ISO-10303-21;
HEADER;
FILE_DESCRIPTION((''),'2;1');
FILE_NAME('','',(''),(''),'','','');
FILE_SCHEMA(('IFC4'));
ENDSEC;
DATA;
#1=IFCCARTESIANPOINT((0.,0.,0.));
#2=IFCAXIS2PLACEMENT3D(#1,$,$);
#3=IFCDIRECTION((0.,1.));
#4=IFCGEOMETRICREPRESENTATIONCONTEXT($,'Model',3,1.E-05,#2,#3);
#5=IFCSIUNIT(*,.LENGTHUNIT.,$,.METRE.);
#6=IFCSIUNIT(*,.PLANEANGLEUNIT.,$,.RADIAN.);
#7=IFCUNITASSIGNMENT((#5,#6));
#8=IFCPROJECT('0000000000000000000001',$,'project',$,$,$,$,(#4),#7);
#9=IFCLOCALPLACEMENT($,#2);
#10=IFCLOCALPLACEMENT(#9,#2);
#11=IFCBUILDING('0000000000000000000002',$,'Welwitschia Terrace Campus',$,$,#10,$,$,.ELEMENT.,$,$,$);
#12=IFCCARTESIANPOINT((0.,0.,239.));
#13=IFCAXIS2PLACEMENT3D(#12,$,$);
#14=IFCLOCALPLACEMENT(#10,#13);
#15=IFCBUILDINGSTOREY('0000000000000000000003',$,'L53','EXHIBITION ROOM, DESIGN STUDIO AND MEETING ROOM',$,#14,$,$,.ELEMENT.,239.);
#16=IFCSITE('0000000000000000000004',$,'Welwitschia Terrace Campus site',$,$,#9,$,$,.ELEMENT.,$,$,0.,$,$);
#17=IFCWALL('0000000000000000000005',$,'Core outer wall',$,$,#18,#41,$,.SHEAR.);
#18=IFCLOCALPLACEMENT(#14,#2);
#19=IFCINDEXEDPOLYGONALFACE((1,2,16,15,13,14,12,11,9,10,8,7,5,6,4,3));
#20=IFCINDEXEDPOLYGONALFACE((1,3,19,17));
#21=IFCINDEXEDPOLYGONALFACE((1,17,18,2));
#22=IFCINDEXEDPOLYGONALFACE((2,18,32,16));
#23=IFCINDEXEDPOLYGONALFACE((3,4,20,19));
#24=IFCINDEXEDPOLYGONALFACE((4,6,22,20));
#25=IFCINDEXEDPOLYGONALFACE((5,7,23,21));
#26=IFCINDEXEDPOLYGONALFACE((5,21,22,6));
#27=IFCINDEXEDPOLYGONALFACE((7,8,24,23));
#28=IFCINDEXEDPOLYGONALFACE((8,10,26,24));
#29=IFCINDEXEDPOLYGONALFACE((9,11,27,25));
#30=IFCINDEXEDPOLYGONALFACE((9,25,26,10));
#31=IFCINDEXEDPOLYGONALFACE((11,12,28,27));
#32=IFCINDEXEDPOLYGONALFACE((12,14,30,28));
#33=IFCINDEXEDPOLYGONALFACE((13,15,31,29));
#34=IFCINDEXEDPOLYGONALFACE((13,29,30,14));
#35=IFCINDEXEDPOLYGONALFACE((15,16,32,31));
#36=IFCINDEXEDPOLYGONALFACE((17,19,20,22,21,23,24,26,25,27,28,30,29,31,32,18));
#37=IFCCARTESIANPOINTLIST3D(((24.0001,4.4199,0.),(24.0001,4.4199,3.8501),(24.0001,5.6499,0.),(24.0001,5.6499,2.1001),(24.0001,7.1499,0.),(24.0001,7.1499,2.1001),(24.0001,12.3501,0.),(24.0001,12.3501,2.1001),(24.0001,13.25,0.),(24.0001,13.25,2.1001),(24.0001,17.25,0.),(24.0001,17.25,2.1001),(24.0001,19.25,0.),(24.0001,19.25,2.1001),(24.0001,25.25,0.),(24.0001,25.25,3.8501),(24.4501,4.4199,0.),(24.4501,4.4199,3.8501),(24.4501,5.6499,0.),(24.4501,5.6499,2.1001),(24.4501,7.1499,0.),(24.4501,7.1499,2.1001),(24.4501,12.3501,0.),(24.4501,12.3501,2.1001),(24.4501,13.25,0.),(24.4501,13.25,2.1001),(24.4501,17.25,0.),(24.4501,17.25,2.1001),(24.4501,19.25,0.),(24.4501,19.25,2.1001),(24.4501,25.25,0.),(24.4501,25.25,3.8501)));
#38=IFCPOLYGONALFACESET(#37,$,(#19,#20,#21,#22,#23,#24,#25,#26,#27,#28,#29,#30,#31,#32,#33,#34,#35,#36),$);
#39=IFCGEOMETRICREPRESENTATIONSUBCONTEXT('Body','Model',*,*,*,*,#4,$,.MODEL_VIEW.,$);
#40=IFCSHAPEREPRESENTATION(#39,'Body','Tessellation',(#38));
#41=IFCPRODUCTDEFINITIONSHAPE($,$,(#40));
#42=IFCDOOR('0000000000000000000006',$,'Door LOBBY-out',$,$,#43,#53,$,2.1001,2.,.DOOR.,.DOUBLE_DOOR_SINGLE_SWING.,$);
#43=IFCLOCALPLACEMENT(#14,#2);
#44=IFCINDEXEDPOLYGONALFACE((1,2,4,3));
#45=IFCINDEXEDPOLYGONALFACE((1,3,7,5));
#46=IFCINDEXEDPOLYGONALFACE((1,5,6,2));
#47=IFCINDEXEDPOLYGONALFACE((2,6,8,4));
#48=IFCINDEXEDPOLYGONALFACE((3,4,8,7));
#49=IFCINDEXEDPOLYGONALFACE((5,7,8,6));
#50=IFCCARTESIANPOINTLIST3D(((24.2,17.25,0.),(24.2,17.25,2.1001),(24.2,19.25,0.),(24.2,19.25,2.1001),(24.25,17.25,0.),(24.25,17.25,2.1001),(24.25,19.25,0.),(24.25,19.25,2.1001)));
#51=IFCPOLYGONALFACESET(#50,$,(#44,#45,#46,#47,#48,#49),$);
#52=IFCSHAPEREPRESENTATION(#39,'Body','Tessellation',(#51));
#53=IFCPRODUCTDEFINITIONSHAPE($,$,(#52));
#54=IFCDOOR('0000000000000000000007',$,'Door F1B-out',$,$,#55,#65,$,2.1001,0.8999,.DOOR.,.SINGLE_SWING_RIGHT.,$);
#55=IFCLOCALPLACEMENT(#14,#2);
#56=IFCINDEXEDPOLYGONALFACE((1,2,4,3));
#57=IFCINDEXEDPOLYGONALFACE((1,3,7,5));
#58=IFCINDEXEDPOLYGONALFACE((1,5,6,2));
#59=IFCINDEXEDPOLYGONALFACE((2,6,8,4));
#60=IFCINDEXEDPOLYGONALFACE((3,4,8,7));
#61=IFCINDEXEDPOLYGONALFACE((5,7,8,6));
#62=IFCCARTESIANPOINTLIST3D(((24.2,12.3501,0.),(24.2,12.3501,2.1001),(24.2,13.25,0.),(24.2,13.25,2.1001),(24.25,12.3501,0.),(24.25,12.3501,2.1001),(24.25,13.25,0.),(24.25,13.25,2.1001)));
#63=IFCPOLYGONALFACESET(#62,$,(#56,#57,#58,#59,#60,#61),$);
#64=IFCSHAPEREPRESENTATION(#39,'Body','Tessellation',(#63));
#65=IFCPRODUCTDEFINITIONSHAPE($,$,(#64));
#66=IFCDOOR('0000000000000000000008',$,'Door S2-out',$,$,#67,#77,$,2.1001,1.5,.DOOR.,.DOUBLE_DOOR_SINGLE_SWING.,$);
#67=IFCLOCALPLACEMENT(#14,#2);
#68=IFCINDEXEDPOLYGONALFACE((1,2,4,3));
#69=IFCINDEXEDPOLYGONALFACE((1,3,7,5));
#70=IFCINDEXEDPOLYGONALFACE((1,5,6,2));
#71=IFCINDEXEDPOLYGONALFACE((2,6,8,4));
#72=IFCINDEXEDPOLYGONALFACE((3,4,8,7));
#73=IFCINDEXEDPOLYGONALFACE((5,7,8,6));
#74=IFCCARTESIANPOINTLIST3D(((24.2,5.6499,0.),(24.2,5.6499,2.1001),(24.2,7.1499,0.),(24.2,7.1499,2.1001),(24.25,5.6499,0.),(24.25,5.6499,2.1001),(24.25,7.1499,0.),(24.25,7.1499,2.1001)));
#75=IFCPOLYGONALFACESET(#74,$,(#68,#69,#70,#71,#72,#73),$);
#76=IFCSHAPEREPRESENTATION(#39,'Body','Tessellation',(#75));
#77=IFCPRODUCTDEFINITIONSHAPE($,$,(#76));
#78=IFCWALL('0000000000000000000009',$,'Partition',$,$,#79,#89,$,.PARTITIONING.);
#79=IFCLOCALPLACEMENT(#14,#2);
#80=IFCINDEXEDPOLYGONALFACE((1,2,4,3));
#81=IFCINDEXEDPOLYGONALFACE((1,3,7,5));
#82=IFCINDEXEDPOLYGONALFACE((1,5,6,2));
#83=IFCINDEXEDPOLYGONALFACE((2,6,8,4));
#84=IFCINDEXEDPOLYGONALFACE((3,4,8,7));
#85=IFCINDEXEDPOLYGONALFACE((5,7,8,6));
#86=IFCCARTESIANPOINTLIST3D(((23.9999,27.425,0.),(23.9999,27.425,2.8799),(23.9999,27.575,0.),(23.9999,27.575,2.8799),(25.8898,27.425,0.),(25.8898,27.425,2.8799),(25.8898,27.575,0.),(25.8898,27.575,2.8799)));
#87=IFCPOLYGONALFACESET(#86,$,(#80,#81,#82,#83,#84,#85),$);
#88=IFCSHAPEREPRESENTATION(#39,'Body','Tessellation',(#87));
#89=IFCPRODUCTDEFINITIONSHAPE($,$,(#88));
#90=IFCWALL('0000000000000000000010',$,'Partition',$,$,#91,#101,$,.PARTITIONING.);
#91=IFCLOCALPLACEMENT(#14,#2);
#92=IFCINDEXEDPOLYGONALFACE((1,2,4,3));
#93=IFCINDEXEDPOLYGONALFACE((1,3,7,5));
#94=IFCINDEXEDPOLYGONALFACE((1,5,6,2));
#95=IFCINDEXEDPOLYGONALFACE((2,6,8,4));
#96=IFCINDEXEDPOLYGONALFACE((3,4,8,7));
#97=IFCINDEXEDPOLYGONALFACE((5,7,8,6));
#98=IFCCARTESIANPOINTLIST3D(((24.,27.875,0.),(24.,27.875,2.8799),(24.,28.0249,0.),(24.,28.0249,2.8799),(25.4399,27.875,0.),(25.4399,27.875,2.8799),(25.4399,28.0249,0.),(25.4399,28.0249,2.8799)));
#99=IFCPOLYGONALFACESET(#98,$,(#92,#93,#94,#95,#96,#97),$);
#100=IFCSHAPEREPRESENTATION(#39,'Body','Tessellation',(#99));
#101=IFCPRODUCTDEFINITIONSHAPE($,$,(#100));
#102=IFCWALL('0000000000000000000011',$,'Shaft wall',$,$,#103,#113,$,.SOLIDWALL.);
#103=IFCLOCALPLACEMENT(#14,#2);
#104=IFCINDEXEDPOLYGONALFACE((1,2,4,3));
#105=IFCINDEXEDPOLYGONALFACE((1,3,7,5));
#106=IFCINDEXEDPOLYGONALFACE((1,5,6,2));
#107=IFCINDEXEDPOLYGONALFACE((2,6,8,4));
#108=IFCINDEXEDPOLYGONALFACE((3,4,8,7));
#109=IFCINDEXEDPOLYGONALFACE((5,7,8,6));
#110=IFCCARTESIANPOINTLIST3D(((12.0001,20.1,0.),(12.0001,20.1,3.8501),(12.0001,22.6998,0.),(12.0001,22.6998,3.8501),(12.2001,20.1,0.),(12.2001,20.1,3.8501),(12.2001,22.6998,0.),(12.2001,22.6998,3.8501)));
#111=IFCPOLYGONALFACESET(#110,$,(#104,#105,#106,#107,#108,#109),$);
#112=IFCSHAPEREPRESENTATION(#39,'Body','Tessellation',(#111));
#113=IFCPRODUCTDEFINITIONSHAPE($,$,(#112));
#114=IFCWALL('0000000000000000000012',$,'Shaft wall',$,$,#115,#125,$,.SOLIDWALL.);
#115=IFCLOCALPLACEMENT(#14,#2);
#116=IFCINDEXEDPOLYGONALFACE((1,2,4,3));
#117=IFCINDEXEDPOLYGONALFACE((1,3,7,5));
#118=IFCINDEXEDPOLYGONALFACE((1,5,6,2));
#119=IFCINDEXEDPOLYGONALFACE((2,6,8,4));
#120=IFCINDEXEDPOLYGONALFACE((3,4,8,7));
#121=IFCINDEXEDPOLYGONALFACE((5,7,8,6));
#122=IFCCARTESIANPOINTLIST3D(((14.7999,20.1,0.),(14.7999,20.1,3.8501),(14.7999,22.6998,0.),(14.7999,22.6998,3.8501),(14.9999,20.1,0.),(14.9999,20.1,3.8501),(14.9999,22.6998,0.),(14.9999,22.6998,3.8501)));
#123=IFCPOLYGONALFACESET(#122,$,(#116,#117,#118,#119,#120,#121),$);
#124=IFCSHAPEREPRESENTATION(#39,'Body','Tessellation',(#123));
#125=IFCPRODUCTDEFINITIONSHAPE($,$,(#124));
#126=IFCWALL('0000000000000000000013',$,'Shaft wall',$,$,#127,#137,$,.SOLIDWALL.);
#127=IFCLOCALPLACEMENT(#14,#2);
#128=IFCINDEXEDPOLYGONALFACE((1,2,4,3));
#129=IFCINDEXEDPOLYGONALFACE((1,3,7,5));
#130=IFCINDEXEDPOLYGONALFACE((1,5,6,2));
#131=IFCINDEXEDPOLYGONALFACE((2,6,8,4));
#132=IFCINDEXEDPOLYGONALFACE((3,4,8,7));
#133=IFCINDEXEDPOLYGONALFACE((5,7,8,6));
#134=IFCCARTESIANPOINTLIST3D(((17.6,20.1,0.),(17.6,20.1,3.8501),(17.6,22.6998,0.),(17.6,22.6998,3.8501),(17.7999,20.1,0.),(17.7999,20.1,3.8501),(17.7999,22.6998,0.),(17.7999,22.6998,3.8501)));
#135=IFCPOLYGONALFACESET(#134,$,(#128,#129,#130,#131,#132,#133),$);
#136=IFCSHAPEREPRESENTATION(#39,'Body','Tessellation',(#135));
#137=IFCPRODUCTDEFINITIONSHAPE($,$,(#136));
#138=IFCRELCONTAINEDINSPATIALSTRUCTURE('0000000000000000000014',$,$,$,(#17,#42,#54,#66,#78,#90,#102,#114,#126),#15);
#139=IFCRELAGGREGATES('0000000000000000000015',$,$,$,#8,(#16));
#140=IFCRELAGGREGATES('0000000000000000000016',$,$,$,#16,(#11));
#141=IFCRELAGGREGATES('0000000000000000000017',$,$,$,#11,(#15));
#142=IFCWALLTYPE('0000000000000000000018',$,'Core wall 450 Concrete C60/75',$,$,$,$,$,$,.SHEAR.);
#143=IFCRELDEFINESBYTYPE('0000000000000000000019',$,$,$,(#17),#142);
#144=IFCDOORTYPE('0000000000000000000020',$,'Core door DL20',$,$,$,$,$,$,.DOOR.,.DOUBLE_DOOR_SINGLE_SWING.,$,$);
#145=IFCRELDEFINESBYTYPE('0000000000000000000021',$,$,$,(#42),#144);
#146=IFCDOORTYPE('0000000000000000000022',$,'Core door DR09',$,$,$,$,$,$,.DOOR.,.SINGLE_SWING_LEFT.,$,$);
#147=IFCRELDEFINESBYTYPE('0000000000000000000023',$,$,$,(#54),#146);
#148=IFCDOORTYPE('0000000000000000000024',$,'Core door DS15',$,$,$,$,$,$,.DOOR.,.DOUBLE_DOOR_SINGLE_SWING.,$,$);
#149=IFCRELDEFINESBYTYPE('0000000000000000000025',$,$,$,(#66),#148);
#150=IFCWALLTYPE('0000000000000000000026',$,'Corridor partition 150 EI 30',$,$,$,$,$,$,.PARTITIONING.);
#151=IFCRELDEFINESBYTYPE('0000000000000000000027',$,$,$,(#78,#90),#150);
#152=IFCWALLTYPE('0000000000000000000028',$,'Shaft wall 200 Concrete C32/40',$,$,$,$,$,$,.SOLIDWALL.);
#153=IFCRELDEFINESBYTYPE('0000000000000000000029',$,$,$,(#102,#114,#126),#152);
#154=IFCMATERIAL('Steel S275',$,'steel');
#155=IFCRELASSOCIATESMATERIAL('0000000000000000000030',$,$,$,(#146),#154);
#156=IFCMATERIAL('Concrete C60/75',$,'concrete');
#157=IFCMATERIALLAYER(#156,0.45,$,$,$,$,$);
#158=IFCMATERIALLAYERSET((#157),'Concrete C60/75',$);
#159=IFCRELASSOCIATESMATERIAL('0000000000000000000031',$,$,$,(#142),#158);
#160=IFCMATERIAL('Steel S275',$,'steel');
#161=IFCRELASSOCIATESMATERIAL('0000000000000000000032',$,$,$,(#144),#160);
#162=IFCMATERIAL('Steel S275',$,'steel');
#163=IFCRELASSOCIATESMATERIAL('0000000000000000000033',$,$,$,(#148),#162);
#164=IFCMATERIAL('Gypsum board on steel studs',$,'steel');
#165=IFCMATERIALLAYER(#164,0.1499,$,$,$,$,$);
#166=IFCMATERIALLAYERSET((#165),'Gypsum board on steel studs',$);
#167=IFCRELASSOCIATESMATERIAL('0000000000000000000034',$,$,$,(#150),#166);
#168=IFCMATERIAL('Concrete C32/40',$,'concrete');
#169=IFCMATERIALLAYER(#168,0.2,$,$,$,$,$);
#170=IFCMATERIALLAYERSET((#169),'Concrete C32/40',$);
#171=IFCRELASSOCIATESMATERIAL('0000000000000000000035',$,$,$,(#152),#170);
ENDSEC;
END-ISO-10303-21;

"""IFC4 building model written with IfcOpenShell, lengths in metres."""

from ifc_helpers import new_model, si_unit, direction, frame, frame_2d, origin, place, context, subcontext, project, spatial, rectangle, extrude, material, layer, layer_set, type_object, element, fill, save


model = new_model("IFC4")

# Units and contexts
model_context = context("Model", 3, precision=1e-05, world=origin(), true_north=direction((0.0, 1.0)))
body_context = subcontext(model_context, "Body", "Model", "MODEL_VIEW")
ifc_project = project(units=[si_unit("LENGTHUNIT", "METRE"), si_unit("PLANEANGLEUNIT", "RADIAN")], contexts=[model_context])

# Site, building, storey
site_placement = place(None, origin())
site = spatial("IfcSite", under=ifc_project, at=site_placement, Name="Welwitschia Terrace Campus site", CompositionType="ELEMENT", RefElevation=0.0)
building_placement = place(site_placement, origin())
building = spatial("IfcBuilding", under=site, at=building_placement, Name="Welwitschia Terrace Campus", CompositionType="ELEMENT")
storey_placement = place(building_placement, frame((0.0, 0.0, 239.0)))
storey = spatial("IfcBuildingStorey", under=building, at=storey_placement, Name="L53", Description="EXHIBITION ROOM, DESIGN STUDIO AND MEETING ROOM", CompositionType="ELEMENT", Elevation=239.0)

# Shared definitions
ifc_material_1 = material(Name="Steel S275", Category="steel")
door_type_1 = type_object("IfcDoorType", Name="Core door DR09", OperationType="SINGLE_SWING_LEFT", PredefinedType="DOOR", material=ifc_material_1)

# Wall, openings, doors
ifc_material_2 = material(Name="Concrete C60/75", Category="concrete")
ifc_layer_1 = layer(ifc_material_2, 0.45)
ifc_layer_set_1 = layer_set([ifc_layer_1], Name="Concrete C60/75")
wall_type_1 = type_object("IfcWallType", Name="Core wall 450 Concrete C60/75", PredefinedType="SHEAR", material=ifc_layer_set_1)
wall_1_placement = place(storey_placement, frame((24.2251, 25.25, 0.0), z_axis=(0.0, 0.0, 1.0), x_axis=(0.0, -1.0, 0.0)))
wall_1 = element("IfcWall", 1, at=wall_1_placement, inside=storey, type_object=wall_type_1, Name="Core outer wall", PredefinedType="SHEAR", context=body_context, shape_type="SweptSolid", body=[
    extrude(rectangle(XDim=20.8301, YDim=0.45, at=frame_2d((10.415, 0.0))), origin(), (0.0, 0.0, 1.0), 3.8501),
])
opening_1_placement = place(wall_1_placement, frame((18.1001, 0.0, 0.0)))
opening_1 = element("IfcOpeningElement", 2, at=opening_1_placement, cuts=wall_1, PredefinedType="OPENING", context=body_context, shape_type="SweptSolid", body=[
    extrude(rectangle(XDim=1.5, YDim=2.1001, at=frame_2d((0.75, 1.05))), frame((0.0, 0.2349, 0.0), z_axis=(0.0, -1.0, 0.0), x_axis=(1.0, 0.0, 0.0)), (0.0, 0.0, 1.0), 0.47),
])
opening_2_placement = place(wall_1_placement, frame((12.0, 0.0, 0.0)))
opening_2 = element("IfcOpeningElement", 3, at=opening_2_placement, cuts=wall_1, PredefinedType="OPENING", context=body_context, shape_type="SweptSolid", body=[
    extrude(rectangle(XDim=0.8999, YDim=2.1001, at=frame_2d((0.45, 1.05))), frame((0.0, 0.2349, 0.0), z_axis=(0.0, -1.0, 0.0), x_axis=(1.0, 0.0, 0.0)), (0.0, 0.0, 1.0), 0.47),
])
opening_3_placement = place(wall_1_placement, frame((6.0, 0.0, 0.0)))
opening_3 = element("IfcOpeningElement", 4, at=opening_3_placement, cuts=wall_1, PredefinedType="OPENING", context=body_context, shape_type="SweptSolid", body=[
    extrude(rectangle(XDim=2.0, YDim=2.1001, at=frame_2d((1.0, 1.05))), frame((0.0, 0.2349, 0.0), z_axis=(0.0, -1.0, 0.0), x_axis=(1.0, 0.0, 0.0)), (0.0, 0.0, 1.0), 0.47),
])
ifc_material_3 = material(Name="Steel S275", Category="steel")
door_type_2 = type_object("IfcDoorType", Name="Core door DL20", OperationType="DOUBLE_DOOR_SINGLE_SWING", PredefinedType="DOOR", material=ifc_material_3)
door_1_placement = place(opening_3_placement, origin())
door_1 = element("IfcDoor", 5, at=door_1_placement, inside=storey, type_object=door_type_2, Name="Door LOBBY-out", OperationType="DOUBLE_DOOR_SINGLE_SWING", OverallHeight=2.1001, OverallWidth=2.0, PredefinedType="DOOR", context=body_context, shape_type="SweptSolid", body=[
    extrude(rectangle(XDim=2.0, YDim=2.1001, at=frame_2d((1.0, 1.05))), frame((0.0, 0.0249, 0.0), z_axis=(0.0, -1.0, 0.0), x_axis=(1.0, 0.0, 0.0)), (0.0, 0.0, 1.0), 0.05),
])
fill(opening_3, door_1)
door_2_placement = place(opening_2_placement, origin())
door_2 = element("IfcDoor", 6, at=door_2_placement, inside=storey, type_object=door_type_1, Name="Door F1B-out", OperationType="SINGLE_SWING_RIGHT", OverallHeight=2.1001, OverallWidth=0.8999, PredefinedType="DOOR", context=body_context, shape_type="SweptSolid", body=[
    extrude(rectangle(XDim=0.8999, YDim=2.1001, at=frame_2d((0.45, 1.05))), frame((0.0, 0.0249, 0.0), z_axis=(0.0, -1.0, 0.0), x_axis=(1.0, 0.0, 0.0)), (0.0, 0.0, 1.0), 0.05),
])
fill(opening_2, door_2)
ifc_material_4 = material(Name="Steel S275", Category="steel")
door_type_3 = type_object("IfcDoorType", Name="Core door DS15", OperationType="DOUBLE_DOOR_SINGLE_SWING", PredefinedType="DOOR", material=ifc_material_4)
door_3_placement = place(opening_1_placement, origin())
door_3 = element("IfcDoor", 7, at=door_3_placement, inside=storey, type_object=door_type_3, Name="Door S2-out", OperationType="DOUBLE_DOOR_SINGLE_SWING", OverallHeight=2.1001, OverallWidth=1.5, PredefinedType="DOOR", context=body_context, shape_type="SweptSolid", body=[
    extrude(rectangle(XDim=1.5, YDim=2.1001, at=frame_2d((0.75, 1.05))), frame((0.0, 0.0249, 0.0), z_axis=(0.0, -1.0, 0.0), x_axis=(1.0, 0.0, 0.0)), (0.0, 0.0, 1.0), 0.05),
])
fill(opening_1, door_3)

# Walls
ifc_material_5 = material(Name="Gypsum board on steel studs", Category="steel")
ifc_layer_2 = layer(ifc_material_5, 0.1499)
ifc_layer_set_2 = layer_set([ifc_layer_2], Name="Gypsum board on steel studs")
wall_type_2 = type_object("IfcWallType", Name="Corridor partition 150 EI 30", PredefinedType="PARTITIONING", material=ifc_layer_set_2)
wall_2_placement = place(storey_placement, frame((24.0, 27.5, 0.0), z_axis=(0.0, 0.0, 1.0), x_axis=(1.0, 0.0, 0.0)))
element("IfcWall", 8, at=wall_2_placement, inside=storey, type_object=wall_type_2, Name="Partition", PredefinedType="PARTITIONING", context=body_context, shape_type="SweptSolid", body=[
    extrude(rectangle(XDim=1.8899, YDim=0.1499, at=frame_2d((0.9448, 0.0))), origin(), (0.0, 0.0, 1.0), 2.8799),
])
wall_3_placement = place(storey_placement, frame((24.0, 27.95, 0.0), z_axis=(0.0, 0.0, 1.0), x_axis=(1.0, 0.0, 0.0)))
element("IfcWall", 9, at=wall_3_placement, inside=storey, type_object=wall_type_2, Name="Partition", PredefinedType="PARTITIONING", context=body_context, shape_type="SweptSolid", body=[
    extrude(rectangle(XDim=1.4399, YDim=0.1499, at=frame_2d((0.72, 0.0))), origin(), (0.0, 0.0, 1.0), 2.8799),
])
ifc_material_6 = material(Name="Concrete C32/40", Category="concrete")
ifc_layer_3 = layer(ifc_material_6, 0.2)
ifc_layer_set_3 = layer_set([ifc_layer_3], Name="Concrete C32/40")
wall_type_3 = type_object("IfcWallType", Name="Shaft wall 200 Concrete C32/40", PredefinedType="SOLIDWALL", material=ifc_layer_set_3)
for number, where, z_axis, x_axis, name in (
    (10, (12.1001, 20.1001, 0.0), (0.0, 0.0, 1.0), (0.0, 1.0, 0.0), "Shaft wall"),
    (11, (14.8999, 20.1001, 0.0), (0.0, 0.0, 1.0), (0.0, 1.0, 0.0), "Shaft wall"),
    (12, (17.7, 20.1001, 0.0), (0.0, 0.0, 1.0), (0.0, 1.0, 0.0), "Shaft wall"),
):
    element("IfcWall", number, at=place(storey_placement, frame(where, z_axis=z_axis, x_axis=x_axis)), inside=storey, type_object=wall_type_3, Name=name, PredefinedType="SOLIDWALL", context=body_context, shape_type="SweptSolid", body=[
        extrude(rectangle(XDim=2.5999, YDim=0.2, at=frame_2d((1.2998, 0.0))), origin(), (0.0, 0.0, 1.0), 3.8501),
    ])

save(model, "model.ifc")
